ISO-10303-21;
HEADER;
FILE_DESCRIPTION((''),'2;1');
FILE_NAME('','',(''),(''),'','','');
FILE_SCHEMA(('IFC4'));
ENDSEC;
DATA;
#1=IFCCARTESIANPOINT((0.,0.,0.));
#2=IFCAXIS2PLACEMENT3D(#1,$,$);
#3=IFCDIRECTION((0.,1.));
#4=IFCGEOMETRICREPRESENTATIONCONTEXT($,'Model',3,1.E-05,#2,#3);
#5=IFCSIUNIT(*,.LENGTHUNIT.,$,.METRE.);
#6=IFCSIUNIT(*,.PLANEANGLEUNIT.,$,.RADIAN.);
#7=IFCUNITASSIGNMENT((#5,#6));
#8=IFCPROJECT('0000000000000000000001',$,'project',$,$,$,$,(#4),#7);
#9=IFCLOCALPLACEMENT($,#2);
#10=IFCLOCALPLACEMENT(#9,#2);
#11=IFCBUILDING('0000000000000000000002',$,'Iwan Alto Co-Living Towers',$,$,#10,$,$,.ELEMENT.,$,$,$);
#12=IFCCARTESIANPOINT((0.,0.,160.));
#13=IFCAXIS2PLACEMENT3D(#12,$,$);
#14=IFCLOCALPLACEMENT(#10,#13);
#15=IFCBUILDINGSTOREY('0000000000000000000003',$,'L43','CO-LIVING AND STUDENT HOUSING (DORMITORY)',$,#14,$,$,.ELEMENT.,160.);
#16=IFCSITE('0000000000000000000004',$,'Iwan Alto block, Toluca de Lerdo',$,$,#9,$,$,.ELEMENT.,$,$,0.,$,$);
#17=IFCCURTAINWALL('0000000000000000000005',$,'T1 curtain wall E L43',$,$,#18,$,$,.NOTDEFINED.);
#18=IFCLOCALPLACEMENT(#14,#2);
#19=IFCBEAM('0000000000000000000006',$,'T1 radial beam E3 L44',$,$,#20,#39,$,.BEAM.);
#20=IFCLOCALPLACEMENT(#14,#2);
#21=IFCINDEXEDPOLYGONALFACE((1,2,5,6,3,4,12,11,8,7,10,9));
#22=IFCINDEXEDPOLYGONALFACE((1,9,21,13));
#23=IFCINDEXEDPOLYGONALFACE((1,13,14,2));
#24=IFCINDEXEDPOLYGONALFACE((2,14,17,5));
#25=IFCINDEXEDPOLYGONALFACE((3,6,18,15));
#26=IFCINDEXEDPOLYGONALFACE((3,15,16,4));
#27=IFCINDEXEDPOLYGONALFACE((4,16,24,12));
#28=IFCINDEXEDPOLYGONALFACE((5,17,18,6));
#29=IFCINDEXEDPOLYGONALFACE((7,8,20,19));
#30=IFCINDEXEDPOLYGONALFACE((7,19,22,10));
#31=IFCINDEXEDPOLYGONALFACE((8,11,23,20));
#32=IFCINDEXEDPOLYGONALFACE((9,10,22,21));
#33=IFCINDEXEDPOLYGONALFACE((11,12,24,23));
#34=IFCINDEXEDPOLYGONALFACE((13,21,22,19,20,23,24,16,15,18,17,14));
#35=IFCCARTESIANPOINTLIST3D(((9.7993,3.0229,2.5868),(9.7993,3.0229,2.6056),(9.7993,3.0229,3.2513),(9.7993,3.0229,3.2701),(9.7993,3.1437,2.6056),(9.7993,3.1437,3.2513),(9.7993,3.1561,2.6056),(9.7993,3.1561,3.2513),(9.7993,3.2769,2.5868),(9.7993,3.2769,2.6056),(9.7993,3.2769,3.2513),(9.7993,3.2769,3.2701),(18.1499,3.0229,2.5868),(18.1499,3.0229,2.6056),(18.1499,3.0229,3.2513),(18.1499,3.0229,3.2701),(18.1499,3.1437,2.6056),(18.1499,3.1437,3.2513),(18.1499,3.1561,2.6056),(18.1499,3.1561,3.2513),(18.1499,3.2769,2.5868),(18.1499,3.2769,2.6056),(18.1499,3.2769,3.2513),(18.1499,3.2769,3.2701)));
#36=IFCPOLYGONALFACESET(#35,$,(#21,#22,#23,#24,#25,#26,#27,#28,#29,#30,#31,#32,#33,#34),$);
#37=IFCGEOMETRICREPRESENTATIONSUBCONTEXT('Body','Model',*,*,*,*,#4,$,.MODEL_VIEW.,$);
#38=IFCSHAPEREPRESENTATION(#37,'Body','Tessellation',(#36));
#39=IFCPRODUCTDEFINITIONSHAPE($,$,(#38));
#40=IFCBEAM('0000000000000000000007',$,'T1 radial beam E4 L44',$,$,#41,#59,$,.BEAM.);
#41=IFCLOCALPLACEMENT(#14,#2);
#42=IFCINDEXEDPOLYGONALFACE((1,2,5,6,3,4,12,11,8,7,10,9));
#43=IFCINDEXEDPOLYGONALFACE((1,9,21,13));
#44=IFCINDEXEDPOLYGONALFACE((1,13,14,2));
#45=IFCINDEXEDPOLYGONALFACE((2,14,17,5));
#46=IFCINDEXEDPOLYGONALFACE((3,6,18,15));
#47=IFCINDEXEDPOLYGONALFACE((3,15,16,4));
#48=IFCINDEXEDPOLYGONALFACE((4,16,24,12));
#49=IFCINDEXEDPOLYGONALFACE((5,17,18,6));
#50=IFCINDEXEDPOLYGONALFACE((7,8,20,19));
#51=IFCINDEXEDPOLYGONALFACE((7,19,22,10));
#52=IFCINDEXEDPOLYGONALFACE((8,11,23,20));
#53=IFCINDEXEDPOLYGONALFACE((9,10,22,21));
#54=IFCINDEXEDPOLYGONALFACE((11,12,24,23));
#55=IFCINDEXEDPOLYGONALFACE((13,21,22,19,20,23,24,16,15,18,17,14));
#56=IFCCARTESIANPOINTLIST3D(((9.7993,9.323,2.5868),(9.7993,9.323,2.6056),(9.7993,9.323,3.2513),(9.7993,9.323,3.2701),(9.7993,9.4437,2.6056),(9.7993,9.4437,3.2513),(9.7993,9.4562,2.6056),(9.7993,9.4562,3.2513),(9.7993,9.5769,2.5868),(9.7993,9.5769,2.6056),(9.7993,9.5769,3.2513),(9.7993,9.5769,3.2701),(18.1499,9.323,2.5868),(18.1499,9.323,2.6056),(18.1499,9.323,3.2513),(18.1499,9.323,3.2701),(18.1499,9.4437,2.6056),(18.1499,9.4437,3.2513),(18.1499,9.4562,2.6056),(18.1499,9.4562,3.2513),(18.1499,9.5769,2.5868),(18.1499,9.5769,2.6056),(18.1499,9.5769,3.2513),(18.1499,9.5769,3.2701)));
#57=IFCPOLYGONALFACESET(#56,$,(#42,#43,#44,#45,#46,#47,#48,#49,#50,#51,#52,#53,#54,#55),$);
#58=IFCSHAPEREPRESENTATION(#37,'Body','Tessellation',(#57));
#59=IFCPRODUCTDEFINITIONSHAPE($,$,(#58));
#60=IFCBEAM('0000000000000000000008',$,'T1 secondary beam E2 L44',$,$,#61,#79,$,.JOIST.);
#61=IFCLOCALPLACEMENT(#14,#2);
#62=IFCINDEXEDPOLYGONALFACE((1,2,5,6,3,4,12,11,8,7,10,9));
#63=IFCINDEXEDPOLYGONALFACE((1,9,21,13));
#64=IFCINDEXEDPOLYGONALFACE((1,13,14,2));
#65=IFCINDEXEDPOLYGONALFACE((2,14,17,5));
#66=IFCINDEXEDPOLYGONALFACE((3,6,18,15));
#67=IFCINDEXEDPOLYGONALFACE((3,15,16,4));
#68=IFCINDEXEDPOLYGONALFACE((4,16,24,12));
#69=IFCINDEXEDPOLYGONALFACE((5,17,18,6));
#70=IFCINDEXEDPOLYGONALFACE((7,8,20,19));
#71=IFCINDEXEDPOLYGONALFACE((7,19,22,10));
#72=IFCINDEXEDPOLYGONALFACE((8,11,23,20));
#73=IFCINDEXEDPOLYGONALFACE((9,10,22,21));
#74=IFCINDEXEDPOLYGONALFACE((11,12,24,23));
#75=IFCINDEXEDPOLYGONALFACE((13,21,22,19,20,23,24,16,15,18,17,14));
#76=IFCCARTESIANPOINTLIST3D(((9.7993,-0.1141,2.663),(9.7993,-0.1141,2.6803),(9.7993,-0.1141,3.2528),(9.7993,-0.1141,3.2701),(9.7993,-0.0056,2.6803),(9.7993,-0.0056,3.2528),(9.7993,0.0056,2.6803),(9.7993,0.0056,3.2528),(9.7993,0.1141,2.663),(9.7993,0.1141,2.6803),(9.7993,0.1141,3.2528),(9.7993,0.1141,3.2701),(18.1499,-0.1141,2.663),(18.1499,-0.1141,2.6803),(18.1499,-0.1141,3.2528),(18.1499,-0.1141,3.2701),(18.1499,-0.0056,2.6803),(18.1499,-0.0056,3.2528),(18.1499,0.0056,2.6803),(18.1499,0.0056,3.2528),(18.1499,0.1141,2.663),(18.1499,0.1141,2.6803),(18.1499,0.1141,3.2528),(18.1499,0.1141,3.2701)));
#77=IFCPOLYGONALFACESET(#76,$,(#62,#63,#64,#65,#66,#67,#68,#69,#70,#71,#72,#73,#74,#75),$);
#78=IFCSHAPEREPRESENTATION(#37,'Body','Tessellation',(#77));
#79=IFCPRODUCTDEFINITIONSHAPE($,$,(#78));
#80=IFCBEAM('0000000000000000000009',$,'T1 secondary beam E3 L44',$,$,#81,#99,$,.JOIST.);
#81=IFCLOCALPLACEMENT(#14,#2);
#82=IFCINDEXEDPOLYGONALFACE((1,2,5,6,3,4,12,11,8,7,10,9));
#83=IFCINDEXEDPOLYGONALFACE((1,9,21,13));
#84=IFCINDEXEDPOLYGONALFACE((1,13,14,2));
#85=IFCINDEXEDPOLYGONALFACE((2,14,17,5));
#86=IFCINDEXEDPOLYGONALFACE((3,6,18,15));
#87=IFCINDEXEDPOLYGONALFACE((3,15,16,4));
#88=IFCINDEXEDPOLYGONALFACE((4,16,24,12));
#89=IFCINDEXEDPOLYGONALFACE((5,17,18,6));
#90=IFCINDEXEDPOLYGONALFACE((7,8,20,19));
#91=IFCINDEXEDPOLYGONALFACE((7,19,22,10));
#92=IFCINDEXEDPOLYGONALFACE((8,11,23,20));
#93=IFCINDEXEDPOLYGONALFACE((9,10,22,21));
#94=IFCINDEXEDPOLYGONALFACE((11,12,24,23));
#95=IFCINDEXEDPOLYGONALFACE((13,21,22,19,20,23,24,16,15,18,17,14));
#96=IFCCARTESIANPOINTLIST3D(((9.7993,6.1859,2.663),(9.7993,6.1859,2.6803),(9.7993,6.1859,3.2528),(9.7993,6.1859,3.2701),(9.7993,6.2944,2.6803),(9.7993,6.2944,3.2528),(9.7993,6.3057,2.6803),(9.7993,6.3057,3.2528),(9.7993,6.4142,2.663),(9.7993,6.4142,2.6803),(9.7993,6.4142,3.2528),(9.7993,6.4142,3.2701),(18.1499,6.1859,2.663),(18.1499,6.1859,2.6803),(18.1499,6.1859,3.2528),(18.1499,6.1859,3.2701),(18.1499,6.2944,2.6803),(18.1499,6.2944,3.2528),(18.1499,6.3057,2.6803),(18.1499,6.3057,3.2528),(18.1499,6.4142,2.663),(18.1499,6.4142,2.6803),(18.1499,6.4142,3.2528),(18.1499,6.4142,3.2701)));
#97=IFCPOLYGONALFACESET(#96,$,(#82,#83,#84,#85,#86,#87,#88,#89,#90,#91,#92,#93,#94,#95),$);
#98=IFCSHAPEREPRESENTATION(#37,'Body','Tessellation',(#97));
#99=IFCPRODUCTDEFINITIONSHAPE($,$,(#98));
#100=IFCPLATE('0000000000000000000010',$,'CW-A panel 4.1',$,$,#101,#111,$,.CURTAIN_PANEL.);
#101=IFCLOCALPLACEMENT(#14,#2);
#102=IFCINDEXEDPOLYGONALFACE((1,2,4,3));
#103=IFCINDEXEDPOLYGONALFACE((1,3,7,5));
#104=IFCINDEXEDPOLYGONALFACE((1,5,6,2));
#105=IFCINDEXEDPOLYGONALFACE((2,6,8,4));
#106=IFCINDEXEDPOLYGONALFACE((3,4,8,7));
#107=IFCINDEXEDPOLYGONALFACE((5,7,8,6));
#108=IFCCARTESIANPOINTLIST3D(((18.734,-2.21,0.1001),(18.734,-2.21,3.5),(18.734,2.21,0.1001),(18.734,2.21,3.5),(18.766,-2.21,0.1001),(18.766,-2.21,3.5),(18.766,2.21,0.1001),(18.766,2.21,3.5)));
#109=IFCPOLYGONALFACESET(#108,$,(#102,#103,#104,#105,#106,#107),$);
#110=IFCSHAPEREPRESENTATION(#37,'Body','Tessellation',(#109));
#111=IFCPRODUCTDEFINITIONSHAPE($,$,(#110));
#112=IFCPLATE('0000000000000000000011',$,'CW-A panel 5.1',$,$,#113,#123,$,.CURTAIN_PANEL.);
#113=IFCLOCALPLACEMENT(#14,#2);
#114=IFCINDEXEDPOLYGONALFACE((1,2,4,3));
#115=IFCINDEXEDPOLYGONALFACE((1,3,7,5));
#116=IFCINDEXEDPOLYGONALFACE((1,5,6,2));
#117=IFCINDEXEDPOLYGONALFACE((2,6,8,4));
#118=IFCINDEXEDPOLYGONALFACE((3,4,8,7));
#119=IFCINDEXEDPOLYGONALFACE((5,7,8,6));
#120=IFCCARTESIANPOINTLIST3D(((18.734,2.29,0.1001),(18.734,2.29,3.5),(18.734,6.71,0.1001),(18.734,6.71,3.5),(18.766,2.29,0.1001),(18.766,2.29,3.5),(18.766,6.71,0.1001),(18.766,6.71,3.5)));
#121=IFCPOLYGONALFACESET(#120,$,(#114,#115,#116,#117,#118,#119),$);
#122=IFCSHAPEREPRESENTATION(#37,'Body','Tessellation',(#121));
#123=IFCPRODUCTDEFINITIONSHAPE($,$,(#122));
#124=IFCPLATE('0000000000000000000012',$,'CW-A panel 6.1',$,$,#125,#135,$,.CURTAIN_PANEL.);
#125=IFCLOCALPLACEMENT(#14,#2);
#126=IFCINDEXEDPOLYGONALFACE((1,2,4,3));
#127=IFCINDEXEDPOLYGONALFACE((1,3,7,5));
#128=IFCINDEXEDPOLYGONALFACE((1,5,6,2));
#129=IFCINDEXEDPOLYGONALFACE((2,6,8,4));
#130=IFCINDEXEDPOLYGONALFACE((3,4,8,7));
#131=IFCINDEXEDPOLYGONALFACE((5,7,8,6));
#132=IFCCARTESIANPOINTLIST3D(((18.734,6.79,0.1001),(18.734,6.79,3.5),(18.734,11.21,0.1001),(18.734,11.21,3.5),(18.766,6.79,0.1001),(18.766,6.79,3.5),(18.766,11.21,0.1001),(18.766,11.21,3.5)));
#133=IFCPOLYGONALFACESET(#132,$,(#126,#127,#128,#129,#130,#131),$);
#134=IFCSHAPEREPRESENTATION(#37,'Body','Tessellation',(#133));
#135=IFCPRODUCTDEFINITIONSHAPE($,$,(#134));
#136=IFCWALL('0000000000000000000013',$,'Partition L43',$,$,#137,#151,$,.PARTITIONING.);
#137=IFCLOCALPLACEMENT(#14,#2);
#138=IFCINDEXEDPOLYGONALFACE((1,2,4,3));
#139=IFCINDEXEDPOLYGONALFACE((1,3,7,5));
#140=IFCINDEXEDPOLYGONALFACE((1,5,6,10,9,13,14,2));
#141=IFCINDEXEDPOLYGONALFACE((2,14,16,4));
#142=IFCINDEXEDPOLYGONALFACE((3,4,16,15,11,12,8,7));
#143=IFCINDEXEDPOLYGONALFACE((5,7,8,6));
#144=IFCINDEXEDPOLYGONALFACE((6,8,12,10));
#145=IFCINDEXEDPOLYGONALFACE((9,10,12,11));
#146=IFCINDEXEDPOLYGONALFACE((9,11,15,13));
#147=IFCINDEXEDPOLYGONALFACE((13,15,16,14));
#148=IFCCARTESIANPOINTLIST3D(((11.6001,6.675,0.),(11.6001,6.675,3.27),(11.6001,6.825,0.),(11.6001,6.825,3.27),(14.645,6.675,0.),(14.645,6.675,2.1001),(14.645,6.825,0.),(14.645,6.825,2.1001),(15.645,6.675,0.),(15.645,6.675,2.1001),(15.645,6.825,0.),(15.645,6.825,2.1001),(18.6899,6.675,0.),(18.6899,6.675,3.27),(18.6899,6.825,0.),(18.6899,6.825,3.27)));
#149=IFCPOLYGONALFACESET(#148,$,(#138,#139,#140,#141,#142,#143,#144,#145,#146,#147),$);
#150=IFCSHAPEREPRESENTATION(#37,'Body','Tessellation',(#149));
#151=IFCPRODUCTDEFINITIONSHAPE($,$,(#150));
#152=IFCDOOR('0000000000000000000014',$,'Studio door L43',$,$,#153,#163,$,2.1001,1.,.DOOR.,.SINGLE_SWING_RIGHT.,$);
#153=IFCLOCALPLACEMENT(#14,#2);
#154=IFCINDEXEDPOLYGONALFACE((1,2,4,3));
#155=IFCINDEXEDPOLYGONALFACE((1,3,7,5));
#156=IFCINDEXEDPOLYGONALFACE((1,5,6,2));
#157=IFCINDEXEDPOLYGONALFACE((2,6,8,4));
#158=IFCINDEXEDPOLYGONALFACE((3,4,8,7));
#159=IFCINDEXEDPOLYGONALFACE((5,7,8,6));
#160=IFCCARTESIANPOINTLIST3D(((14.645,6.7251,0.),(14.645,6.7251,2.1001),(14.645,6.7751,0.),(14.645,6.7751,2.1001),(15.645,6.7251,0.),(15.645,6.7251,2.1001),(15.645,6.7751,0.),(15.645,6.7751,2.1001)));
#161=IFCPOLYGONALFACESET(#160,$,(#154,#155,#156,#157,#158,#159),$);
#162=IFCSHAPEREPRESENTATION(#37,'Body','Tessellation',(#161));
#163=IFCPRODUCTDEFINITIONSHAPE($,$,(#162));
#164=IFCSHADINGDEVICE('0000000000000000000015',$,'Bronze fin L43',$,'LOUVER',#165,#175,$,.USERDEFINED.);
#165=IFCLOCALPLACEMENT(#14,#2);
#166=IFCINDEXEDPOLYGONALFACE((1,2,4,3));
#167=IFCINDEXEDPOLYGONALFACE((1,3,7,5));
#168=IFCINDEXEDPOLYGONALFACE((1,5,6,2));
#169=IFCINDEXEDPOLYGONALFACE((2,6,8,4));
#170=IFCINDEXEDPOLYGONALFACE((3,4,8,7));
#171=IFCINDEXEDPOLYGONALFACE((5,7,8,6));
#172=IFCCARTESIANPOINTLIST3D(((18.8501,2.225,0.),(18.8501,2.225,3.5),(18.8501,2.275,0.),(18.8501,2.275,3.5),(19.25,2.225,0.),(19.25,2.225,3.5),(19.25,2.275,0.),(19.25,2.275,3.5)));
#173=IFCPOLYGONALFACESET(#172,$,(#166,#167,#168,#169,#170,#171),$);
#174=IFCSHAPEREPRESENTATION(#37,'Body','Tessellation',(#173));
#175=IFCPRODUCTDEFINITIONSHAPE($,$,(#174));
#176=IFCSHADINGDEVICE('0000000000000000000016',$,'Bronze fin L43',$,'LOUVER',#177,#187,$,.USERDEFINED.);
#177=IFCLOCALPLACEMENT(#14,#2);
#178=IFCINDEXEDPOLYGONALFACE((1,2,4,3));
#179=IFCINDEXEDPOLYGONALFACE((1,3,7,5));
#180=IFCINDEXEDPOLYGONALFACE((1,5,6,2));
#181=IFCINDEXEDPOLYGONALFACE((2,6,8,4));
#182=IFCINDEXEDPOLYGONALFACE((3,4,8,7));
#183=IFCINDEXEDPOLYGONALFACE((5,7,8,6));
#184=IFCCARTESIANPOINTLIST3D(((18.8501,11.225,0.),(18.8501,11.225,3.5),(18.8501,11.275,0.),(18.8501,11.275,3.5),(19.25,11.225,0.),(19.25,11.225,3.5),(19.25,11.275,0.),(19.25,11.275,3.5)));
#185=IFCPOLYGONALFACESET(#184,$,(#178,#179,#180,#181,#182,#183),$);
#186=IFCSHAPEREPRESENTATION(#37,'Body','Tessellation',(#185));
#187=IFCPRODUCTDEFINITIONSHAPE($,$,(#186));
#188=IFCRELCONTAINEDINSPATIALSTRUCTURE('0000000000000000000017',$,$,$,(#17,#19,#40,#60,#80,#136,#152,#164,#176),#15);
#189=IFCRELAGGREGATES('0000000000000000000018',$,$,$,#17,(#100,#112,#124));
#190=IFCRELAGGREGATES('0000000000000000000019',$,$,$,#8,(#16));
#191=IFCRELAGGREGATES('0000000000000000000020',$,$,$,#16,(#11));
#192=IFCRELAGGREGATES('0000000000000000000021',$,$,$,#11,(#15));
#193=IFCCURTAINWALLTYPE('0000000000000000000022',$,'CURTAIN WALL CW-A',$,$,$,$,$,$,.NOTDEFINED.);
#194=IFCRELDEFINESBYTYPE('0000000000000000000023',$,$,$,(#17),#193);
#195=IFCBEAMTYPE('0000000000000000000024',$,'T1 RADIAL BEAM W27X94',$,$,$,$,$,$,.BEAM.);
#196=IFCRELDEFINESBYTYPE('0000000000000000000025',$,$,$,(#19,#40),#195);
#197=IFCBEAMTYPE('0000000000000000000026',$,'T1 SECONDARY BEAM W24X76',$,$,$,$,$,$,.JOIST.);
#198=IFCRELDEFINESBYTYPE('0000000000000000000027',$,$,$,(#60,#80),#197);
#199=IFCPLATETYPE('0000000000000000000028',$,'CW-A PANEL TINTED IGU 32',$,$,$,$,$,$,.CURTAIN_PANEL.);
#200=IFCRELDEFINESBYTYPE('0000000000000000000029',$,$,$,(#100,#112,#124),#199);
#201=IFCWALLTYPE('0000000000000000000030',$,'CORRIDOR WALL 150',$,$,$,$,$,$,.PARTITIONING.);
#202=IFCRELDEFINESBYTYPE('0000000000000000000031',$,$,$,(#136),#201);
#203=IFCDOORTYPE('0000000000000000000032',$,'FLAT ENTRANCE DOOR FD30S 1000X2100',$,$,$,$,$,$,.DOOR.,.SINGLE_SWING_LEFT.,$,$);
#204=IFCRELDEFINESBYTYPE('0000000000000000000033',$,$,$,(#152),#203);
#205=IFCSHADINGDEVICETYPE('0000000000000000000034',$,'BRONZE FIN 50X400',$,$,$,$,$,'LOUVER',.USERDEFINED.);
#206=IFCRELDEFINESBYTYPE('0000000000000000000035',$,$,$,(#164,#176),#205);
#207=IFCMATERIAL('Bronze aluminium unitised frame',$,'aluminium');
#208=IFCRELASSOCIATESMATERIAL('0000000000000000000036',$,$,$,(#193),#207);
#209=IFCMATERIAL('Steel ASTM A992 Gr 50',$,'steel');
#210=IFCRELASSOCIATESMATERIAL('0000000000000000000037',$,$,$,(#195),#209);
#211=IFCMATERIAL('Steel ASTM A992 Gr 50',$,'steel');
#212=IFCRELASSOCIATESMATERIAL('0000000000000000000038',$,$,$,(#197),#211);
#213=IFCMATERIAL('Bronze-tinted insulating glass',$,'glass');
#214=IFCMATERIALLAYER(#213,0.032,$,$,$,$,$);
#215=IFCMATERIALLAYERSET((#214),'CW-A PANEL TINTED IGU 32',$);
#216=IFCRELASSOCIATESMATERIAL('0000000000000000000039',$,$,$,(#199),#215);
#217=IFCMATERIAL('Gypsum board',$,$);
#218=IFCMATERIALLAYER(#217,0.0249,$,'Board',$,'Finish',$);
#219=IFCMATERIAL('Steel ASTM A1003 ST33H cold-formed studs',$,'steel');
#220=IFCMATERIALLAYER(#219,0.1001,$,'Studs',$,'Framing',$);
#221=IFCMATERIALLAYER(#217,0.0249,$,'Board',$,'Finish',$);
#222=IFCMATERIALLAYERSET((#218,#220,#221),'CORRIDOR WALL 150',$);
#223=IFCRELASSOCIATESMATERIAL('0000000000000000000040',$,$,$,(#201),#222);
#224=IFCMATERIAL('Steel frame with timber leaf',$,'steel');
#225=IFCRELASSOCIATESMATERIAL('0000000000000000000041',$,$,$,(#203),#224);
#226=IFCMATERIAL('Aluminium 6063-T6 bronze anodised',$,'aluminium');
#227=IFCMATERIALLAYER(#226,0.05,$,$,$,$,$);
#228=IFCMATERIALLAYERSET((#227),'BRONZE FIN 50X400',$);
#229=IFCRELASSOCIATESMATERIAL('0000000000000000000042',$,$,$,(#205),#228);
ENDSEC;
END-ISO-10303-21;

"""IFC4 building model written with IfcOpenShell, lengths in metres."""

from ifc_helpers import new_model, si_unit, direction, frame, frame_2d, origin, origin_2d, place, context, subcontext, project, spatial, rectangle, i_section, extrude, material, layer, layer_set, material_profile, profile_set, type_object, element, fill, aggregate, save


model = new_model("IFC4")

# Units and contexts
model_context = context("Model", 3, precision=1e-05, world=origin(), true_north=direction((0.0, 1.0)))
body_context = subcontext(model_context, "Body", "Model", "MODEL_VIEW")
ifc_project = project(units=[si_unit("LENGTHUNIT", "METRE"), si_unit("PLANEANGLEUNIT", "RADIAN")], contexts=[model_context])

# Site, building, storey
site_placement = place(None, origin())
site = spatial("IfcSite", under=ifc_project, at=site_placement, Name="Iwan Alto block, Toluca de Lerdo", CompositionType="ELEMENT", RefElevation=0.0)
building_placement = place(site_placement, origin())
building = spatial("IfcBuilding", under=site, at=building_placement, Name="Iwan Alto Co-Living Towers", CompositionType="ELEMENT")
storey_placement = place(building_placement, frame((0.0, 0.0, 160.0)))
storey = spatial("IfcBuildingStorey", under=building, at=storey_placement, Name="L43", Description="CO-LIVING AND STUDENT HOUSING (DORMITORY)", CompositionType="ELEMENT", Elevation=160.0)

# Curtain wall
ifc_material_1 = material(Name="Bronze aluminium unitised frame", Category="aluminium")
curtain_wall_type = type_object("IfcCurtainWallType", Name="CURTAIN WALL CW-A", PredefinedType="NOTDEFINED", material=ifc_material_1)
curtain_wall_placement = place(storey_placement, origin())
curtain_wall = element("IfcCurtainWall", 1, at=curtain_wall_placement, inside=storey, type_object=curtain_wall_type, Name="T1 curtain wall E L43", PredefinedType="NOTDEFINED")

# Beams
ifc_material_2 = material(Name="Steel ASTM A992 Gr 50", Category="steel")
ifc_material_profile_1 = material_profile(ifc_material_2, i_section(OverallWidth=0.2539, OverallDepth=0.6833, WebThickness=0.0125, FlangeThickness=0.0188, at=origin_2d()), Name="W27X94")
ifc_profile_set_1 = profile_set([ifc_material_profile_1], Name="Steel ASTM A992 Gr 50")
beam_type_1 = type_object("IfcBeamType", Name="T1 RADIAL BEAM W27X94", PredefinedType="BEAM", material=ifc_profile_set_1)
for number, where, z_axis, x_axis, name in (
    (2, (18.1499, 3.1499, 2.9285), (-1.0, 0.0, 0.0), (0.0, -1.0, 0.0), "T1 radial beam E3 L44"),
    (3, (18.1499, 9.45, 2.9285), (-1.0, 0.0, 0.0), (0.0, -1.0, 0.0), "T1 radial beam E4 L44"),
):
    element("IfcBeam", number, at=place(storey_placement, frame(where, z_axis=z_axis, x_axis=x_axis)), inside=storey, type_object=beam_type_1, Name=name, PredefinedType="BEAM", context=body_context, shape_type="SweptSolid", body=[
        extrude(i_section(OverallWidth=0.2539, OverallDepth=0.6833, WebThickness=0.0125, FlangeThickness=0.0188, at=origin_2d()), origin(), (0.0, 0.0, 1.0), 8.3506),
    ])
ifc_material_3 = material(Name="Steel ASTM A992 Gr 50", Category="steel")
ifc_material_profile_2 = material_profile(ifc_material_3, i_section(OverallWidth=0.2283, OverallDepth=0.6072, WebThickness=0.0112, FlangeThickness=0.0173, at=origin_2d()), Name="W24X76")
ifc_profile_set_2 = profile_set([ifc_material_profile_2], Name="Steel ASTM A992 Gr 50")
beam_type_2 = type_object("IfcBeamType", Name="T1 SECONDARY BEAM W24X76", PredefinedType="JOIST", material=ifc_profile_set_2)
for number, where, z_axis, x_axis, name in (
    (4, (18.1499, 0.0, 2.9666), (-1.0, 0.0, 0.0), (0.0, -1.0, 0.0), "T1 secondary beam E2 L44"),
    (5, (18.1499, 6.3, 2.9666), (-1.0, 0.0, 0.0), (0.0, -1.0, 0.0), "T1 secondary beam E3 L44"),
):
    element("IfcBeam", number, at=place(storey_placement, frame(where, z_axis=z_axis, x_axis=x_axis)), inside=storey, type_object=beam_type_2, Name=name, PredefinedType="JOIST", context=body_context, shape_type="SweptSolid", body=[
        extrude(i_section(OverallWidth=0.2283, OverallDepth=0.6072, WebThickness=0.0112, FlangeThickness=0.0173, at=origin_2d()), origin(), (0.0, 0.0, 1.0), 8.3506),
    ])

# Plates
ifc_material_4 = material(Name="Bronze-tinted insulating glass", Category="glass")
ifc_layer_1 = layer(ifc_material_4, 0.032)
ifc_layer_set_1 = layer_set([ifc_layer_1], Name="CW-A PANEL TINTED IGU 32")
plate_type = type_object("IfcPlateType", Name="CW-A PANEL TINTED IGU 32", PredefinedType="CURTAIN_PANEL", material=ifc_layer_set_1)
plate_1_placement = place(storey_placement, frame((18.75, 0.0, 0.1001), z_axis=(0.0, 0.0, 1.0), x_axis=(0.0, 1.0, 0.0)))
plate_1 = element("IfcPlate", 6, at=plate_1_placement, type_object=plate_type, Name="CW-A panel 4.1", PredefinedType="CURTAIN_PANEL", context=body_context, shape_type="SweptSolid", body=[
    extrude(rectangle(XDim=4.4199, YDim=0.032, at=origin_2d()), origin(), (0.0, 0.0, 1.0), 3.3999),
])
plate_2_placement = place(storey_placement, frame((18.75, 4.5, 0.1001), z_axis=(0.0, 0.0, 1.0), x_axis=(0.0, 1.0, 0.0)))
plate_2 = element("IfcPlate", 7, at=plate_2_placement, type_object=plate_type, Name="CW-A panel 5.1", PredefinedType="CURTAIN_PANEL", context=body_context, shape_type="SweptSolid", body=[
    extrude(rectangle(XDim=4.4199, YDim=0.032, at=origin_2d()), origin(), (0.0, 0.0, 1.0), 3.3999),
])
plate_3_placement = place(storey_placement, frame((18.75, 9.0, 0.1001), z_axis=(0.0, 0.0, 1.0), x_axis=(0.0, 1.0, 0.0)))
plate_3 = element("IfcPlate", 8, at=plate_3_placement, type_object=plate_type, Name="CW-A panel 6.1", PredefinedType="CURTAIN_PANEL", context=body_context, shape_type="SweptSolid", body=[
    extrude(rectangle(XDim=4.4199, YDim=0.032, at=origin_2d()), origin(), (0.0, 0.0, 1.0), 3.3999),
])
aggregate(curtain_wall, [plate_1, plate_2, plate_3])

# Wall, opening, door
ifc_material_5 = material(Name="Gypsum board")
ifc_layer_2 = layer(ifc_material_5, 0.0249, Name="Board", Category="Finish")
ifc_material_6 = material(Name="Steel ASTM A1003 ST33H cold-formed studs", Category="steel")
ifc_layer_3 = layer(ifc_material_6, 0.1001, Name="Studs", Category="Framing")
ifc_layer_4 = layer(ifc_material_5, 0.0249, Name="Board", Category="Finish")
ifc_layer_set_2 = layer_set([ifc_layer_2, ifc_layer_3, ifc_layer_4], Name="CORRIDOR WALL 150")
wall_type = type_object("IfcWallType", Name="CORRIDOR WALL 150", PredefinedType="PARTITIONING", material=ifc_layer_set_2)
wall_placement = place(storey_placement, frame((11.6001, 6.75, 0.0), z_axis=(0.0, 0.0, 1.0), x_axis=(1.0, 0.0, 0.0)))
wall = element("IfcWall", 9, at=wall_placement, inside=storey, type_object=wall_type, Name="Partition L43", PredefinedType="PARTITIONING", context=body_context, shape_type="SweptSolid", body=[
    extrude(rectangle(XDim=7.0898, YDim=0.1499, at=frame_2d((3.5449, 0.0))), origin(), (0.0, 0.0, 1.0), 3.27),
])
opening_placement = place(wall_placement, frame((3.0449, 0.0, 0.0)))
opening = element("IfcOpeningElement", 10, at=opening_placement, cuts=wall, PredefinedType="OPENING", context=body_context, shape_type="SweptSolid", body=[
    extrude(rectangle(XDim=1.0, YDim=2.1001, at=frame_2d((0.5, 1.05))), frame((0.0, 0.085, 0.0), z_axis=(0.0, -1.0, 0.0), x_axis=(1.0, 0.0, 0.0)), (0.0, 0.0, 1.0), 0.1699),
])
ifc_material_7 = material(Name="Steel frame with timber leaf", Category="steel")
door_type = type_object("IfcDoorType", Name="FLAT ENTRANCE DOOR FD30S 1000X2100", OperationType="SINGLE_SWING_LEFT", PredefinedType="DOOR", material=ifc_material_7)
door_placement = place(opening_placement, frame((1.0, 0.0, 0.0), z_axis=(0.0, 0.0, 1.0), x_axis=(-1.0, 0.0, 0.0)))
door = element("IfcDoor", 11, at=door_placement, inside=storey, type_object=door_type, Name="Studio door L43", OperationType="SINGLE_SWING_RIGHT", OverallHeight=2.1001, OverallWidth=1.0, PredefinedType="DOOR", context=body_context, shape_type="SweptSolid", body=[
    extrude(rectangle(XDim=1.0, YDim=2.1001, at=frame_2d((0.5, 1.05))), frame((0.0, 0.0249, 0.0), z_axis=(0.0, -1.0, 0.0), x_axis=(1.0, 0.0, 0.0)), (0.0, 0.0, 1.0), 0.05),
])
fill(opening, door)

# Shading devices
ifc_material_8 = material(Name="Aluminium 6063-T6 bronze anodised", Category="aluminium")
ifc_layer_5 = layer(ifc_material_8, 0.05)
ifc_layer_set_3 = layer_set([ifc_layer_5], Name="BRONZE FIN 50X400")
shading_device_type = type_object("IfcShadingDeviceType", Name="BRONZE FIN 50X400", ElementType="LOUVER", PredefinedType="USERDEFINED", material=ifc_layer_set_3)
for number, where, z_axis, x_axis, name in (
    (12, (19.05, 2.25, 0.0), (0.0, 0.0, 1.0), (0.0, 1.0, 0.0), "Bronze fin L43"),
    (13, (19.05, 11.25, 0.0), (0.0, 0.0, 1.0), (0.0, 1.0, 0.0), "Bronze fin L43"),
):
    element("IfcShadingDevice", number, at=place(storey_placement, frame(where, z_axis=z_axis, x_axis=x_axis)), inside=storey, type_object=shading_device_type, Name=name, ObjectType="LOUVER", PredefinedType="USERDEFINED", context=body_context, shape_type="SweptSolid", body=[
        extrude(rectangle(XDim=0.05, YDim=0.3999, at=origin_2d()), origin(), (0.0, 0.0, 1.0), 3.5),
    ])

save(model, "model.ifc")
